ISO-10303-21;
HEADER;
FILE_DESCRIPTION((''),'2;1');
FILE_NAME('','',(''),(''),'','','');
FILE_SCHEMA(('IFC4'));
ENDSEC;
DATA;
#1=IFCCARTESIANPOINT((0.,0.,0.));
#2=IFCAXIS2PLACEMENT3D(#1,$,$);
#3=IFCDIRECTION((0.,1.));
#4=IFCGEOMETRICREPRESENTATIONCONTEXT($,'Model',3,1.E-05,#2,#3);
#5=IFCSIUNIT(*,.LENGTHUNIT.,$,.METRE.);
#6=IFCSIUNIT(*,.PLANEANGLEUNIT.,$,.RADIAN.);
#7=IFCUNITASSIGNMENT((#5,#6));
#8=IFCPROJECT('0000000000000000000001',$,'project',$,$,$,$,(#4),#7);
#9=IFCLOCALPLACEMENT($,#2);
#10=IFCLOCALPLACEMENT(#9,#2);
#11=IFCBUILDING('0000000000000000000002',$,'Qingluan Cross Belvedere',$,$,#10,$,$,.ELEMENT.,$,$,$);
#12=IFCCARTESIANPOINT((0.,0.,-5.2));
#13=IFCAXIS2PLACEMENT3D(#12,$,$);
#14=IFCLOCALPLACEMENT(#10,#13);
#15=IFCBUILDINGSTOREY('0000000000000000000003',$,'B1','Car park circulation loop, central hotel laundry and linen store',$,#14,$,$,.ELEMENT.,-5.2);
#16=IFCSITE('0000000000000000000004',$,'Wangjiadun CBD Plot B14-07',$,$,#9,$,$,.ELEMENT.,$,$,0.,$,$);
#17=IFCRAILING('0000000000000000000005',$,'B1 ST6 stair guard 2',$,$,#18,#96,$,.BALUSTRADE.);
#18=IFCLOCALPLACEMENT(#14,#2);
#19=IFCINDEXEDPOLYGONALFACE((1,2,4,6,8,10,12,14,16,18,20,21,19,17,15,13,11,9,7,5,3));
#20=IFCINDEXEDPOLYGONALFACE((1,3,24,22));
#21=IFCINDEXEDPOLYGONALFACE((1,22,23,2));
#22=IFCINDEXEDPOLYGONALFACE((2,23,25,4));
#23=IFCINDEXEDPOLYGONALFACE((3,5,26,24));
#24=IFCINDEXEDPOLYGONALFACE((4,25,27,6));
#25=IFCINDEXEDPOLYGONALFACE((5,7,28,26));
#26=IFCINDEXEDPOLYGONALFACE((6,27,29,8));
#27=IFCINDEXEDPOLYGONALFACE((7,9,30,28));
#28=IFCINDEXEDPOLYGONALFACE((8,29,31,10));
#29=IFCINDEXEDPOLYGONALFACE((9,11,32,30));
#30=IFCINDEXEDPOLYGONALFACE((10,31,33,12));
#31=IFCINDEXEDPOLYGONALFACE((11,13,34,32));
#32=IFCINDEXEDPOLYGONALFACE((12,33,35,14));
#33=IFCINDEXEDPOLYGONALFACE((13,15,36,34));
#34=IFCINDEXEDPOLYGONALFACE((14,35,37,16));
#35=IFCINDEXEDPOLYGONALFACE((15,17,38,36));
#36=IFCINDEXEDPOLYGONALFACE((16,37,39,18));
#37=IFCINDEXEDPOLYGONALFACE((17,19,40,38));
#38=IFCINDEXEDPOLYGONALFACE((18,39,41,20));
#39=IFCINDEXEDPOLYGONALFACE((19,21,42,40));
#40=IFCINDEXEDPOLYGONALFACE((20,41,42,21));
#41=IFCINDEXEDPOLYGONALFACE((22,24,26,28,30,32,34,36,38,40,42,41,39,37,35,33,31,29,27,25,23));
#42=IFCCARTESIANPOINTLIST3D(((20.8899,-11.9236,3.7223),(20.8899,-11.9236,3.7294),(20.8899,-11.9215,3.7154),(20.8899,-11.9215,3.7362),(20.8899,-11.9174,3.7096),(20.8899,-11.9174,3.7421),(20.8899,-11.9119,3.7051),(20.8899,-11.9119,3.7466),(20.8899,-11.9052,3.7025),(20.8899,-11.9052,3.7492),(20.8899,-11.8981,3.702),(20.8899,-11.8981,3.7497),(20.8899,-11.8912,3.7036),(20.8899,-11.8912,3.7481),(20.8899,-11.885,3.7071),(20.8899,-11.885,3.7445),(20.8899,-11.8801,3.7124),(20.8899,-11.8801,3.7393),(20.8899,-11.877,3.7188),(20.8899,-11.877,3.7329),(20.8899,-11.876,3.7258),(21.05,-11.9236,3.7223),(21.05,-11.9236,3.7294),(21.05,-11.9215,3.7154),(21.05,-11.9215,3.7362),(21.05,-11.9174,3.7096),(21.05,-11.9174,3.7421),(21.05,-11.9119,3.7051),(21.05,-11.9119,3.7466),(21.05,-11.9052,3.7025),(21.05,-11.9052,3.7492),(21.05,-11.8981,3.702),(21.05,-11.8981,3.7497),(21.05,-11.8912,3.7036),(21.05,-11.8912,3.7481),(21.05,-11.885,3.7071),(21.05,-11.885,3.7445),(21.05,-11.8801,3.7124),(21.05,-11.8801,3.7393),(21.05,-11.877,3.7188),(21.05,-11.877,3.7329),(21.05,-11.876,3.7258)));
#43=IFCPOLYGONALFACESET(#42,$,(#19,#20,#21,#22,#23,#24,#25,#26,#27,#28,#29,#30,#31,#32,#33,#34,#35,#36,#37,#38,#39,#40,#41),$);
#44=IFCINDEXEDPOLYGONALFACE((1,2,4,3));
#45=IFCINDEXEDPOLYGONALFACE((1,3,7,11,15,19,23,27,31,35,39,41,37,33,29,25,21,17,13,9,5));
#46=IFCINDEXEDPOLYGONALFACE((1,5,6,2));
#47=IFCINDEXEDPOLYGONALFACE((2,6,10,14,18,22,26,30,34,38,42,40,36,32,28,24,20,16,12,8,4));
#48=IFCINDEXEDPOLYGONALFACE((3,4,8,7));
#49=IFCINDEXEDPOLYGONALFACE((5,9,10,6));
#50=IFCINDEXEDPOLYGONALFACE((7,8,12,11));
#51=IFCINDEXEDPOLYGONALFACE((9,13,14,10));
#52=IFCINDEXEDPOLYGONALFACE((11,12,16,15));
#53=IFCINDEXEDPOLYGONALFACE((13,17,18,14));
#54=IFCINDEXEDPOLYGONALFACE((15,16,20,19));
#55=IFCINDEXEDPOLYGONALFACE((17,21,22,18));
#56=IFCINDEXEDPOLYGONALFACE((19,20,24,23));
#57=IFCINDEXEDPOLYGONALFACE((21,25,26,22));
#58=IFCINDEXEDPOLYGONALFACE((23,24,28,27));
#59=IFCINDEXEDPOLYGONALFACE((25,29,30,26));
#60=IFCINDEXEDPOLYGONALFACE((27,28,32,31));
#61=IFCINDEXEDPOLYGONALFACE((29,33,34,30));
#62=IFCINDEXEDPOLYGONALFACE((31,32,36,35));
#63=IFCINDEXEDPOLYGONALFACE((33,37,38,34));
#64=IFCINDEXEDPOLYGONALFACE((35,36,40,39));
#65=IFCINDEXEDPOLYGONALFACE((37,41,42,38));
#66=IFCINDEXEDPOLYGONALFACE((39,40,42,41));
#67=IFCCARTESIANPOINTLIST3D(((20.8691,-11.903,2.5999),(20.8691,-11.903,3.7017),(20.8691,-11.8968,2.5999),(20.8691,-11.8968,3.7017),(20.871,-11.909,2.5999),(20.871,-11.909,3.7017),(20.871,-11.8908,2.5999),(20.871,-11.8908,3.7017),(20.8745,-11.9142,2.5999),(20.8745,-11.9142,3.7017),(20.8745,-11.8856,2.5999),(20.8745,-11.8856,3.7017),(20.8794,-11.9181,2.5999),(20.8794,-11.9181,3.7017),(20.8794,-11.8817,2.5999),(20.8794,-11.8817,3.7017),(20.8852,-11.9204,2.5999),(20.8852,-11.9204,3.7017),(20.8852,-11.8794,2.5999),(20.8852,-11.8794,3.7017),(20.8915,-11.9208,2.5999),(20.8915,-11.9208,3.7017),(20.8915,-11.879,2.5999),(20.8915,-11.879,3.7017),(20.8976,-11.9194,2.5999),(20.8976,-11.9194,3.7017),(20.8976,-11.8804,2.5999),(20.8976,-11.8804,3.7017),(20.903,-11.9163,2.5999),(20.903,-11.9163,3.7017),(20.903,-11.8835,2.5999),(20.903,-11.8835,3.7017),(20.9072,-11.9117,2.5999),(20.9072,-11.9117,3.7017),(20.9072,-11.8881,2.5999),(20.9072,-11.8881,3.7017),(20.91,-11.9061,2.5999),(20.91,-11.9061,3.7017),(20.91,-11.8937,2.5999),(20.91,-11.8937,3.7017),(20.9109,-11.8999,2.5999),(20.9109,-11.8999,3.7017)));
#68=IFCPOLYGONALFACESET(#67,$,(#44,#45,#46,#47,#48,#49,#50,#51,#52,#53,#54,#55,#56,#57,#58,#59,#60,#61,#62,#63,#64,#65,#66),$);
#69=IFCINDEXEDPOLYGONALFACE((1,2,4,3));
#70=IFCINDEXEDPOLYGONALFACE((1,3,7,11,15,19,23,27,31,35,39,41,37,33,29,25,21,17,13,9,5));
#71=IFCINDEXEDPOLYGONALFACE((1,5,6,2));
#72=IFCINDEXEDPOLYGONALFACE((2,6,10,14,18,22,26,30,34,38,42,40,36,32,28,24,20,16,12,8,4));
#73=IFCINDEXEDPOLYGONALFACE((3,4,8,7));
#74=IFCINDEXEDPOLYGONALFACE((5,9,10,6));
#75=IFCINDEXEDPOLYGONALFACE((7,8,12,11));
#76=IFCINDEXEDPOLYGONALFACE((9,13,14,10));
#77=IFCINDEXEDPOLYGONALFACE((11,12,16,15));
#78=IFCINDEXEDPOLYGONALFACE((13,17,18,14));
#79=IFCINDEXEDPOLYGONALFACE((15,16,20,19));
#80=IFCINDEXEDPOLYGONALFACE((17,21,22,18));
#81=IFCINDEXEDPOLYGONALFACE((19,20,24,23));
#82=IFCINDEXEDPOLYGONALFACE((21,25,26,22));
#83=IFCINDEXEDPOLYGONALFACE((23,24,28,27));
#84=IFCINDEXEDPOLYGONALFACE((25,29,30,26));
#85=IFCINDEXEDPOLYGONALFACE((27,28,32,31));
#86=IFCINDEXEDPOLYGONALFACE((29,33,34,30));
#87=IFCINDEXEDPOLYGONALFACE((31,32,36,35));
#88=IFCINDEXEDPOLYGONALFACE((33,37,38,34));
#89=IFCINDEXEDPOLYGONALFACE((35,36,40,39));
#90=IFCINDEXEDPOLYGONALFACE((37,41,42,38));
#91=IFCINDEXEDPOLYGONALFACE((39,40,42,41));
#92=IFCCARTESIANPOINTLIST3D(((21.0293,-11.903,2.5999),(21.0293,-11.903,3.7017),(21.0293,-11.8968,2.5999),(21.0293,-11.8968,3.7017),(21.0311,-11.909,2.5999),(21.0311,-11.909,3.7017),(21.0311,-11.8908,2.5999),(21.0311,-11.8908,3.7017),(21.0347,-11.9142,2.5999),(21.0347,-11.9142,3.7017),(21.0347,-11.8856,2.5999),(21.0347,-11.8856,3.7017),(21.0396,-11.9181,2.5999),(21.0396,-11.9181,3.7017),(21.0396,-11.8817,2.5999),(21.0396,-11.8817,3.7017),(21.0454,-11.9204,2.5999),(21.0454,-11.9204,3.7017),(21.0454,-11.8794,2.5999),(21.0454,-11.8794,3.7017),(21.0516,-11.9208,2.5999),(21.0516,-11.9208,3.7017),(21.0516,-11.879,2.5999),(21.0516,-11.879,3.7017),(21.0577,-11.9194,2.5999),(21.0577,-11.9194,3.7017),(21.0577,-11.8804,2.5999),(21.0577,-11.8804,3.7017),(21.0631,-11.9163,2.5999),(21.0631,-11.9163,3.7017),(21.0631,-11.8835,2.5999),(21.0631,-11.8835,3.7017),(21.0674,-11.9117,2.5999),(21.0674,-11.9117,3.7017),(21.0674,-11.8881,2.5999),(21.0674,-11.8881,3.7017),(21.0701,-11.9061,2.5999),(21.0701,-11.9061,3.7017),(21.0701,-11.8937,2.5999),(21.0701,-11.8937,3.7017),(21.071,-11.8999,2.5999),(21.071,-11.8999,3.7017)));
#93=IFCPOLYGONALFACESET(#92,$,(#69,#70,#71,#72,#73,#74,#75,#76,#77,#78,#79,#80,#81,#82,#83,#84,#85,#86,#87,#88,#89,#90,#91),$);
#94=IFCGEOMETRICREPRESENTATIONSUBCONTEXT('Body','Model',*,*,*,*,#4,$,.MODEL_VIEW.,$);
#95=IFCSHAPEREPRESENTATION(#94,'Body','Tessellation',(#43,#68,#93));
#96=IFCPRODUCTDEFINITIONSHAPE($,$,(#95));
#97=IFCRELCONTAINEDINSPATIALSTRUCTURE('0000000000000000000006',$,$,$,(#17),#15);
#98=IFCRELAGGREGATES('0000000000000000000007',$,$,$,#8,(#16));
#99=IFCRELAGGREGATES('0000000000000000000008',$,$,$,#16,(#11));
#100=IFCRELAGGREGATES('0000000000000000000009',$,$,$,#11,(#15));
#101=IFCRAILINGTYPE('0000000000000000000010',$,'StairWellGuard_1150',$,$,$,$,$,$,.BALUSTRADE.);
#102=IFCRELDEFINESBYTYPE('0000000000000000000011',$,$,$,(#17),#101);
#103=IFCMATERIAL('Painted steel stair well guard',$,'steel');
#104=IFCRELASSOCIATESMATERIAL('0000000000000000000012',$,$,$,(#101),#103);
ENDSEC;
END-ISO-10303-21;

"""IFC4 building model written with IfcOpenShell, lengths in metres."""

from ifc_helpers import new_model, si_unit, direction, frame, origin, origin_2d, place, context, subcontext, project, spatial, circle, extrude, material, type_object, element, save


model = new_model("IFC4")

# Units and contexts
model_context = context("Model", 3, precision=1e-05, world=origin(), true_north=direction((0.0, 1.0)))
body_context = subcontext(model_context, "Body", "Model", "MODEL_VIEW")
ifc_project = project(units=[si_unit("LENGTHUNIT", "METRE"), si_unit("PLANEANGLEUNIT", "RADIAN")], contexts=[model_context])

# Site, building, storey
site_placement = place(None, origin())
site = spatial("IfcSite", under=ifc_project, at=site_placement, Name="Wangjiadun CBD Plot B14-07", CompositionType="ELEMENT", RefElevation=0.0)
building_placement = place(site_placement, origin())
building = spatial("IfcBuilding", under=site, at=building_placement, Name="Qingluan Cross Belvedere", CompositionType="ELEMENT")
storey_placement = place(building_placement, frame((0.0, 0.0, -5.2)))
storey = spatial("IfcBuildingStorey", under=building, at=storey_placement, Name="B1", Description="Car park circulation loop, central hotel laundry and linen store", CompositionType="ELEMENT", Elevation=-5.2)

# Railing
ifc_material_1 = material(Name="Painted steel stair well guard", Category="steel")
railing_type_1 = type_object("IfcRailingType", Name="StairWellGuard_1150", PredefinedType="BALUSTRADE", material=ifc_material_1)
railing_1_placement = place(storey_placement, frame((20.8899, -11.8999, 2.5999)))
element("IfcRailing", 1, at=railing_1_placement, inside=storey, type_object=railing_type_1, Name="B1 ST6 stair guard 2", PredefinedType="BALUSTRADE", context=body_context, shape_type="SweptSolid", body=[
    extrude(circle(Radius=0.0239, at=origin_2d()), frame((0.0, 0.0, 1.126), z_axis=(1.0, 0.0, 0.0), x_axis=(0.0, 1.0, 0.0)), (0.0, 0.0, 1.0), 0.1602),
    extrude(circle(Radius=0.021, at=origin_2d()), origin(), (0.0, 0.0, 1.0), 1.1018),
    extrude(circle(Radius=0.021, at=origin_2d()), frame((0.1602, 0.0, 0.0)), (0.0, 0.0, 1.0), 1.1018),
])

save(model, "model.ifc")
